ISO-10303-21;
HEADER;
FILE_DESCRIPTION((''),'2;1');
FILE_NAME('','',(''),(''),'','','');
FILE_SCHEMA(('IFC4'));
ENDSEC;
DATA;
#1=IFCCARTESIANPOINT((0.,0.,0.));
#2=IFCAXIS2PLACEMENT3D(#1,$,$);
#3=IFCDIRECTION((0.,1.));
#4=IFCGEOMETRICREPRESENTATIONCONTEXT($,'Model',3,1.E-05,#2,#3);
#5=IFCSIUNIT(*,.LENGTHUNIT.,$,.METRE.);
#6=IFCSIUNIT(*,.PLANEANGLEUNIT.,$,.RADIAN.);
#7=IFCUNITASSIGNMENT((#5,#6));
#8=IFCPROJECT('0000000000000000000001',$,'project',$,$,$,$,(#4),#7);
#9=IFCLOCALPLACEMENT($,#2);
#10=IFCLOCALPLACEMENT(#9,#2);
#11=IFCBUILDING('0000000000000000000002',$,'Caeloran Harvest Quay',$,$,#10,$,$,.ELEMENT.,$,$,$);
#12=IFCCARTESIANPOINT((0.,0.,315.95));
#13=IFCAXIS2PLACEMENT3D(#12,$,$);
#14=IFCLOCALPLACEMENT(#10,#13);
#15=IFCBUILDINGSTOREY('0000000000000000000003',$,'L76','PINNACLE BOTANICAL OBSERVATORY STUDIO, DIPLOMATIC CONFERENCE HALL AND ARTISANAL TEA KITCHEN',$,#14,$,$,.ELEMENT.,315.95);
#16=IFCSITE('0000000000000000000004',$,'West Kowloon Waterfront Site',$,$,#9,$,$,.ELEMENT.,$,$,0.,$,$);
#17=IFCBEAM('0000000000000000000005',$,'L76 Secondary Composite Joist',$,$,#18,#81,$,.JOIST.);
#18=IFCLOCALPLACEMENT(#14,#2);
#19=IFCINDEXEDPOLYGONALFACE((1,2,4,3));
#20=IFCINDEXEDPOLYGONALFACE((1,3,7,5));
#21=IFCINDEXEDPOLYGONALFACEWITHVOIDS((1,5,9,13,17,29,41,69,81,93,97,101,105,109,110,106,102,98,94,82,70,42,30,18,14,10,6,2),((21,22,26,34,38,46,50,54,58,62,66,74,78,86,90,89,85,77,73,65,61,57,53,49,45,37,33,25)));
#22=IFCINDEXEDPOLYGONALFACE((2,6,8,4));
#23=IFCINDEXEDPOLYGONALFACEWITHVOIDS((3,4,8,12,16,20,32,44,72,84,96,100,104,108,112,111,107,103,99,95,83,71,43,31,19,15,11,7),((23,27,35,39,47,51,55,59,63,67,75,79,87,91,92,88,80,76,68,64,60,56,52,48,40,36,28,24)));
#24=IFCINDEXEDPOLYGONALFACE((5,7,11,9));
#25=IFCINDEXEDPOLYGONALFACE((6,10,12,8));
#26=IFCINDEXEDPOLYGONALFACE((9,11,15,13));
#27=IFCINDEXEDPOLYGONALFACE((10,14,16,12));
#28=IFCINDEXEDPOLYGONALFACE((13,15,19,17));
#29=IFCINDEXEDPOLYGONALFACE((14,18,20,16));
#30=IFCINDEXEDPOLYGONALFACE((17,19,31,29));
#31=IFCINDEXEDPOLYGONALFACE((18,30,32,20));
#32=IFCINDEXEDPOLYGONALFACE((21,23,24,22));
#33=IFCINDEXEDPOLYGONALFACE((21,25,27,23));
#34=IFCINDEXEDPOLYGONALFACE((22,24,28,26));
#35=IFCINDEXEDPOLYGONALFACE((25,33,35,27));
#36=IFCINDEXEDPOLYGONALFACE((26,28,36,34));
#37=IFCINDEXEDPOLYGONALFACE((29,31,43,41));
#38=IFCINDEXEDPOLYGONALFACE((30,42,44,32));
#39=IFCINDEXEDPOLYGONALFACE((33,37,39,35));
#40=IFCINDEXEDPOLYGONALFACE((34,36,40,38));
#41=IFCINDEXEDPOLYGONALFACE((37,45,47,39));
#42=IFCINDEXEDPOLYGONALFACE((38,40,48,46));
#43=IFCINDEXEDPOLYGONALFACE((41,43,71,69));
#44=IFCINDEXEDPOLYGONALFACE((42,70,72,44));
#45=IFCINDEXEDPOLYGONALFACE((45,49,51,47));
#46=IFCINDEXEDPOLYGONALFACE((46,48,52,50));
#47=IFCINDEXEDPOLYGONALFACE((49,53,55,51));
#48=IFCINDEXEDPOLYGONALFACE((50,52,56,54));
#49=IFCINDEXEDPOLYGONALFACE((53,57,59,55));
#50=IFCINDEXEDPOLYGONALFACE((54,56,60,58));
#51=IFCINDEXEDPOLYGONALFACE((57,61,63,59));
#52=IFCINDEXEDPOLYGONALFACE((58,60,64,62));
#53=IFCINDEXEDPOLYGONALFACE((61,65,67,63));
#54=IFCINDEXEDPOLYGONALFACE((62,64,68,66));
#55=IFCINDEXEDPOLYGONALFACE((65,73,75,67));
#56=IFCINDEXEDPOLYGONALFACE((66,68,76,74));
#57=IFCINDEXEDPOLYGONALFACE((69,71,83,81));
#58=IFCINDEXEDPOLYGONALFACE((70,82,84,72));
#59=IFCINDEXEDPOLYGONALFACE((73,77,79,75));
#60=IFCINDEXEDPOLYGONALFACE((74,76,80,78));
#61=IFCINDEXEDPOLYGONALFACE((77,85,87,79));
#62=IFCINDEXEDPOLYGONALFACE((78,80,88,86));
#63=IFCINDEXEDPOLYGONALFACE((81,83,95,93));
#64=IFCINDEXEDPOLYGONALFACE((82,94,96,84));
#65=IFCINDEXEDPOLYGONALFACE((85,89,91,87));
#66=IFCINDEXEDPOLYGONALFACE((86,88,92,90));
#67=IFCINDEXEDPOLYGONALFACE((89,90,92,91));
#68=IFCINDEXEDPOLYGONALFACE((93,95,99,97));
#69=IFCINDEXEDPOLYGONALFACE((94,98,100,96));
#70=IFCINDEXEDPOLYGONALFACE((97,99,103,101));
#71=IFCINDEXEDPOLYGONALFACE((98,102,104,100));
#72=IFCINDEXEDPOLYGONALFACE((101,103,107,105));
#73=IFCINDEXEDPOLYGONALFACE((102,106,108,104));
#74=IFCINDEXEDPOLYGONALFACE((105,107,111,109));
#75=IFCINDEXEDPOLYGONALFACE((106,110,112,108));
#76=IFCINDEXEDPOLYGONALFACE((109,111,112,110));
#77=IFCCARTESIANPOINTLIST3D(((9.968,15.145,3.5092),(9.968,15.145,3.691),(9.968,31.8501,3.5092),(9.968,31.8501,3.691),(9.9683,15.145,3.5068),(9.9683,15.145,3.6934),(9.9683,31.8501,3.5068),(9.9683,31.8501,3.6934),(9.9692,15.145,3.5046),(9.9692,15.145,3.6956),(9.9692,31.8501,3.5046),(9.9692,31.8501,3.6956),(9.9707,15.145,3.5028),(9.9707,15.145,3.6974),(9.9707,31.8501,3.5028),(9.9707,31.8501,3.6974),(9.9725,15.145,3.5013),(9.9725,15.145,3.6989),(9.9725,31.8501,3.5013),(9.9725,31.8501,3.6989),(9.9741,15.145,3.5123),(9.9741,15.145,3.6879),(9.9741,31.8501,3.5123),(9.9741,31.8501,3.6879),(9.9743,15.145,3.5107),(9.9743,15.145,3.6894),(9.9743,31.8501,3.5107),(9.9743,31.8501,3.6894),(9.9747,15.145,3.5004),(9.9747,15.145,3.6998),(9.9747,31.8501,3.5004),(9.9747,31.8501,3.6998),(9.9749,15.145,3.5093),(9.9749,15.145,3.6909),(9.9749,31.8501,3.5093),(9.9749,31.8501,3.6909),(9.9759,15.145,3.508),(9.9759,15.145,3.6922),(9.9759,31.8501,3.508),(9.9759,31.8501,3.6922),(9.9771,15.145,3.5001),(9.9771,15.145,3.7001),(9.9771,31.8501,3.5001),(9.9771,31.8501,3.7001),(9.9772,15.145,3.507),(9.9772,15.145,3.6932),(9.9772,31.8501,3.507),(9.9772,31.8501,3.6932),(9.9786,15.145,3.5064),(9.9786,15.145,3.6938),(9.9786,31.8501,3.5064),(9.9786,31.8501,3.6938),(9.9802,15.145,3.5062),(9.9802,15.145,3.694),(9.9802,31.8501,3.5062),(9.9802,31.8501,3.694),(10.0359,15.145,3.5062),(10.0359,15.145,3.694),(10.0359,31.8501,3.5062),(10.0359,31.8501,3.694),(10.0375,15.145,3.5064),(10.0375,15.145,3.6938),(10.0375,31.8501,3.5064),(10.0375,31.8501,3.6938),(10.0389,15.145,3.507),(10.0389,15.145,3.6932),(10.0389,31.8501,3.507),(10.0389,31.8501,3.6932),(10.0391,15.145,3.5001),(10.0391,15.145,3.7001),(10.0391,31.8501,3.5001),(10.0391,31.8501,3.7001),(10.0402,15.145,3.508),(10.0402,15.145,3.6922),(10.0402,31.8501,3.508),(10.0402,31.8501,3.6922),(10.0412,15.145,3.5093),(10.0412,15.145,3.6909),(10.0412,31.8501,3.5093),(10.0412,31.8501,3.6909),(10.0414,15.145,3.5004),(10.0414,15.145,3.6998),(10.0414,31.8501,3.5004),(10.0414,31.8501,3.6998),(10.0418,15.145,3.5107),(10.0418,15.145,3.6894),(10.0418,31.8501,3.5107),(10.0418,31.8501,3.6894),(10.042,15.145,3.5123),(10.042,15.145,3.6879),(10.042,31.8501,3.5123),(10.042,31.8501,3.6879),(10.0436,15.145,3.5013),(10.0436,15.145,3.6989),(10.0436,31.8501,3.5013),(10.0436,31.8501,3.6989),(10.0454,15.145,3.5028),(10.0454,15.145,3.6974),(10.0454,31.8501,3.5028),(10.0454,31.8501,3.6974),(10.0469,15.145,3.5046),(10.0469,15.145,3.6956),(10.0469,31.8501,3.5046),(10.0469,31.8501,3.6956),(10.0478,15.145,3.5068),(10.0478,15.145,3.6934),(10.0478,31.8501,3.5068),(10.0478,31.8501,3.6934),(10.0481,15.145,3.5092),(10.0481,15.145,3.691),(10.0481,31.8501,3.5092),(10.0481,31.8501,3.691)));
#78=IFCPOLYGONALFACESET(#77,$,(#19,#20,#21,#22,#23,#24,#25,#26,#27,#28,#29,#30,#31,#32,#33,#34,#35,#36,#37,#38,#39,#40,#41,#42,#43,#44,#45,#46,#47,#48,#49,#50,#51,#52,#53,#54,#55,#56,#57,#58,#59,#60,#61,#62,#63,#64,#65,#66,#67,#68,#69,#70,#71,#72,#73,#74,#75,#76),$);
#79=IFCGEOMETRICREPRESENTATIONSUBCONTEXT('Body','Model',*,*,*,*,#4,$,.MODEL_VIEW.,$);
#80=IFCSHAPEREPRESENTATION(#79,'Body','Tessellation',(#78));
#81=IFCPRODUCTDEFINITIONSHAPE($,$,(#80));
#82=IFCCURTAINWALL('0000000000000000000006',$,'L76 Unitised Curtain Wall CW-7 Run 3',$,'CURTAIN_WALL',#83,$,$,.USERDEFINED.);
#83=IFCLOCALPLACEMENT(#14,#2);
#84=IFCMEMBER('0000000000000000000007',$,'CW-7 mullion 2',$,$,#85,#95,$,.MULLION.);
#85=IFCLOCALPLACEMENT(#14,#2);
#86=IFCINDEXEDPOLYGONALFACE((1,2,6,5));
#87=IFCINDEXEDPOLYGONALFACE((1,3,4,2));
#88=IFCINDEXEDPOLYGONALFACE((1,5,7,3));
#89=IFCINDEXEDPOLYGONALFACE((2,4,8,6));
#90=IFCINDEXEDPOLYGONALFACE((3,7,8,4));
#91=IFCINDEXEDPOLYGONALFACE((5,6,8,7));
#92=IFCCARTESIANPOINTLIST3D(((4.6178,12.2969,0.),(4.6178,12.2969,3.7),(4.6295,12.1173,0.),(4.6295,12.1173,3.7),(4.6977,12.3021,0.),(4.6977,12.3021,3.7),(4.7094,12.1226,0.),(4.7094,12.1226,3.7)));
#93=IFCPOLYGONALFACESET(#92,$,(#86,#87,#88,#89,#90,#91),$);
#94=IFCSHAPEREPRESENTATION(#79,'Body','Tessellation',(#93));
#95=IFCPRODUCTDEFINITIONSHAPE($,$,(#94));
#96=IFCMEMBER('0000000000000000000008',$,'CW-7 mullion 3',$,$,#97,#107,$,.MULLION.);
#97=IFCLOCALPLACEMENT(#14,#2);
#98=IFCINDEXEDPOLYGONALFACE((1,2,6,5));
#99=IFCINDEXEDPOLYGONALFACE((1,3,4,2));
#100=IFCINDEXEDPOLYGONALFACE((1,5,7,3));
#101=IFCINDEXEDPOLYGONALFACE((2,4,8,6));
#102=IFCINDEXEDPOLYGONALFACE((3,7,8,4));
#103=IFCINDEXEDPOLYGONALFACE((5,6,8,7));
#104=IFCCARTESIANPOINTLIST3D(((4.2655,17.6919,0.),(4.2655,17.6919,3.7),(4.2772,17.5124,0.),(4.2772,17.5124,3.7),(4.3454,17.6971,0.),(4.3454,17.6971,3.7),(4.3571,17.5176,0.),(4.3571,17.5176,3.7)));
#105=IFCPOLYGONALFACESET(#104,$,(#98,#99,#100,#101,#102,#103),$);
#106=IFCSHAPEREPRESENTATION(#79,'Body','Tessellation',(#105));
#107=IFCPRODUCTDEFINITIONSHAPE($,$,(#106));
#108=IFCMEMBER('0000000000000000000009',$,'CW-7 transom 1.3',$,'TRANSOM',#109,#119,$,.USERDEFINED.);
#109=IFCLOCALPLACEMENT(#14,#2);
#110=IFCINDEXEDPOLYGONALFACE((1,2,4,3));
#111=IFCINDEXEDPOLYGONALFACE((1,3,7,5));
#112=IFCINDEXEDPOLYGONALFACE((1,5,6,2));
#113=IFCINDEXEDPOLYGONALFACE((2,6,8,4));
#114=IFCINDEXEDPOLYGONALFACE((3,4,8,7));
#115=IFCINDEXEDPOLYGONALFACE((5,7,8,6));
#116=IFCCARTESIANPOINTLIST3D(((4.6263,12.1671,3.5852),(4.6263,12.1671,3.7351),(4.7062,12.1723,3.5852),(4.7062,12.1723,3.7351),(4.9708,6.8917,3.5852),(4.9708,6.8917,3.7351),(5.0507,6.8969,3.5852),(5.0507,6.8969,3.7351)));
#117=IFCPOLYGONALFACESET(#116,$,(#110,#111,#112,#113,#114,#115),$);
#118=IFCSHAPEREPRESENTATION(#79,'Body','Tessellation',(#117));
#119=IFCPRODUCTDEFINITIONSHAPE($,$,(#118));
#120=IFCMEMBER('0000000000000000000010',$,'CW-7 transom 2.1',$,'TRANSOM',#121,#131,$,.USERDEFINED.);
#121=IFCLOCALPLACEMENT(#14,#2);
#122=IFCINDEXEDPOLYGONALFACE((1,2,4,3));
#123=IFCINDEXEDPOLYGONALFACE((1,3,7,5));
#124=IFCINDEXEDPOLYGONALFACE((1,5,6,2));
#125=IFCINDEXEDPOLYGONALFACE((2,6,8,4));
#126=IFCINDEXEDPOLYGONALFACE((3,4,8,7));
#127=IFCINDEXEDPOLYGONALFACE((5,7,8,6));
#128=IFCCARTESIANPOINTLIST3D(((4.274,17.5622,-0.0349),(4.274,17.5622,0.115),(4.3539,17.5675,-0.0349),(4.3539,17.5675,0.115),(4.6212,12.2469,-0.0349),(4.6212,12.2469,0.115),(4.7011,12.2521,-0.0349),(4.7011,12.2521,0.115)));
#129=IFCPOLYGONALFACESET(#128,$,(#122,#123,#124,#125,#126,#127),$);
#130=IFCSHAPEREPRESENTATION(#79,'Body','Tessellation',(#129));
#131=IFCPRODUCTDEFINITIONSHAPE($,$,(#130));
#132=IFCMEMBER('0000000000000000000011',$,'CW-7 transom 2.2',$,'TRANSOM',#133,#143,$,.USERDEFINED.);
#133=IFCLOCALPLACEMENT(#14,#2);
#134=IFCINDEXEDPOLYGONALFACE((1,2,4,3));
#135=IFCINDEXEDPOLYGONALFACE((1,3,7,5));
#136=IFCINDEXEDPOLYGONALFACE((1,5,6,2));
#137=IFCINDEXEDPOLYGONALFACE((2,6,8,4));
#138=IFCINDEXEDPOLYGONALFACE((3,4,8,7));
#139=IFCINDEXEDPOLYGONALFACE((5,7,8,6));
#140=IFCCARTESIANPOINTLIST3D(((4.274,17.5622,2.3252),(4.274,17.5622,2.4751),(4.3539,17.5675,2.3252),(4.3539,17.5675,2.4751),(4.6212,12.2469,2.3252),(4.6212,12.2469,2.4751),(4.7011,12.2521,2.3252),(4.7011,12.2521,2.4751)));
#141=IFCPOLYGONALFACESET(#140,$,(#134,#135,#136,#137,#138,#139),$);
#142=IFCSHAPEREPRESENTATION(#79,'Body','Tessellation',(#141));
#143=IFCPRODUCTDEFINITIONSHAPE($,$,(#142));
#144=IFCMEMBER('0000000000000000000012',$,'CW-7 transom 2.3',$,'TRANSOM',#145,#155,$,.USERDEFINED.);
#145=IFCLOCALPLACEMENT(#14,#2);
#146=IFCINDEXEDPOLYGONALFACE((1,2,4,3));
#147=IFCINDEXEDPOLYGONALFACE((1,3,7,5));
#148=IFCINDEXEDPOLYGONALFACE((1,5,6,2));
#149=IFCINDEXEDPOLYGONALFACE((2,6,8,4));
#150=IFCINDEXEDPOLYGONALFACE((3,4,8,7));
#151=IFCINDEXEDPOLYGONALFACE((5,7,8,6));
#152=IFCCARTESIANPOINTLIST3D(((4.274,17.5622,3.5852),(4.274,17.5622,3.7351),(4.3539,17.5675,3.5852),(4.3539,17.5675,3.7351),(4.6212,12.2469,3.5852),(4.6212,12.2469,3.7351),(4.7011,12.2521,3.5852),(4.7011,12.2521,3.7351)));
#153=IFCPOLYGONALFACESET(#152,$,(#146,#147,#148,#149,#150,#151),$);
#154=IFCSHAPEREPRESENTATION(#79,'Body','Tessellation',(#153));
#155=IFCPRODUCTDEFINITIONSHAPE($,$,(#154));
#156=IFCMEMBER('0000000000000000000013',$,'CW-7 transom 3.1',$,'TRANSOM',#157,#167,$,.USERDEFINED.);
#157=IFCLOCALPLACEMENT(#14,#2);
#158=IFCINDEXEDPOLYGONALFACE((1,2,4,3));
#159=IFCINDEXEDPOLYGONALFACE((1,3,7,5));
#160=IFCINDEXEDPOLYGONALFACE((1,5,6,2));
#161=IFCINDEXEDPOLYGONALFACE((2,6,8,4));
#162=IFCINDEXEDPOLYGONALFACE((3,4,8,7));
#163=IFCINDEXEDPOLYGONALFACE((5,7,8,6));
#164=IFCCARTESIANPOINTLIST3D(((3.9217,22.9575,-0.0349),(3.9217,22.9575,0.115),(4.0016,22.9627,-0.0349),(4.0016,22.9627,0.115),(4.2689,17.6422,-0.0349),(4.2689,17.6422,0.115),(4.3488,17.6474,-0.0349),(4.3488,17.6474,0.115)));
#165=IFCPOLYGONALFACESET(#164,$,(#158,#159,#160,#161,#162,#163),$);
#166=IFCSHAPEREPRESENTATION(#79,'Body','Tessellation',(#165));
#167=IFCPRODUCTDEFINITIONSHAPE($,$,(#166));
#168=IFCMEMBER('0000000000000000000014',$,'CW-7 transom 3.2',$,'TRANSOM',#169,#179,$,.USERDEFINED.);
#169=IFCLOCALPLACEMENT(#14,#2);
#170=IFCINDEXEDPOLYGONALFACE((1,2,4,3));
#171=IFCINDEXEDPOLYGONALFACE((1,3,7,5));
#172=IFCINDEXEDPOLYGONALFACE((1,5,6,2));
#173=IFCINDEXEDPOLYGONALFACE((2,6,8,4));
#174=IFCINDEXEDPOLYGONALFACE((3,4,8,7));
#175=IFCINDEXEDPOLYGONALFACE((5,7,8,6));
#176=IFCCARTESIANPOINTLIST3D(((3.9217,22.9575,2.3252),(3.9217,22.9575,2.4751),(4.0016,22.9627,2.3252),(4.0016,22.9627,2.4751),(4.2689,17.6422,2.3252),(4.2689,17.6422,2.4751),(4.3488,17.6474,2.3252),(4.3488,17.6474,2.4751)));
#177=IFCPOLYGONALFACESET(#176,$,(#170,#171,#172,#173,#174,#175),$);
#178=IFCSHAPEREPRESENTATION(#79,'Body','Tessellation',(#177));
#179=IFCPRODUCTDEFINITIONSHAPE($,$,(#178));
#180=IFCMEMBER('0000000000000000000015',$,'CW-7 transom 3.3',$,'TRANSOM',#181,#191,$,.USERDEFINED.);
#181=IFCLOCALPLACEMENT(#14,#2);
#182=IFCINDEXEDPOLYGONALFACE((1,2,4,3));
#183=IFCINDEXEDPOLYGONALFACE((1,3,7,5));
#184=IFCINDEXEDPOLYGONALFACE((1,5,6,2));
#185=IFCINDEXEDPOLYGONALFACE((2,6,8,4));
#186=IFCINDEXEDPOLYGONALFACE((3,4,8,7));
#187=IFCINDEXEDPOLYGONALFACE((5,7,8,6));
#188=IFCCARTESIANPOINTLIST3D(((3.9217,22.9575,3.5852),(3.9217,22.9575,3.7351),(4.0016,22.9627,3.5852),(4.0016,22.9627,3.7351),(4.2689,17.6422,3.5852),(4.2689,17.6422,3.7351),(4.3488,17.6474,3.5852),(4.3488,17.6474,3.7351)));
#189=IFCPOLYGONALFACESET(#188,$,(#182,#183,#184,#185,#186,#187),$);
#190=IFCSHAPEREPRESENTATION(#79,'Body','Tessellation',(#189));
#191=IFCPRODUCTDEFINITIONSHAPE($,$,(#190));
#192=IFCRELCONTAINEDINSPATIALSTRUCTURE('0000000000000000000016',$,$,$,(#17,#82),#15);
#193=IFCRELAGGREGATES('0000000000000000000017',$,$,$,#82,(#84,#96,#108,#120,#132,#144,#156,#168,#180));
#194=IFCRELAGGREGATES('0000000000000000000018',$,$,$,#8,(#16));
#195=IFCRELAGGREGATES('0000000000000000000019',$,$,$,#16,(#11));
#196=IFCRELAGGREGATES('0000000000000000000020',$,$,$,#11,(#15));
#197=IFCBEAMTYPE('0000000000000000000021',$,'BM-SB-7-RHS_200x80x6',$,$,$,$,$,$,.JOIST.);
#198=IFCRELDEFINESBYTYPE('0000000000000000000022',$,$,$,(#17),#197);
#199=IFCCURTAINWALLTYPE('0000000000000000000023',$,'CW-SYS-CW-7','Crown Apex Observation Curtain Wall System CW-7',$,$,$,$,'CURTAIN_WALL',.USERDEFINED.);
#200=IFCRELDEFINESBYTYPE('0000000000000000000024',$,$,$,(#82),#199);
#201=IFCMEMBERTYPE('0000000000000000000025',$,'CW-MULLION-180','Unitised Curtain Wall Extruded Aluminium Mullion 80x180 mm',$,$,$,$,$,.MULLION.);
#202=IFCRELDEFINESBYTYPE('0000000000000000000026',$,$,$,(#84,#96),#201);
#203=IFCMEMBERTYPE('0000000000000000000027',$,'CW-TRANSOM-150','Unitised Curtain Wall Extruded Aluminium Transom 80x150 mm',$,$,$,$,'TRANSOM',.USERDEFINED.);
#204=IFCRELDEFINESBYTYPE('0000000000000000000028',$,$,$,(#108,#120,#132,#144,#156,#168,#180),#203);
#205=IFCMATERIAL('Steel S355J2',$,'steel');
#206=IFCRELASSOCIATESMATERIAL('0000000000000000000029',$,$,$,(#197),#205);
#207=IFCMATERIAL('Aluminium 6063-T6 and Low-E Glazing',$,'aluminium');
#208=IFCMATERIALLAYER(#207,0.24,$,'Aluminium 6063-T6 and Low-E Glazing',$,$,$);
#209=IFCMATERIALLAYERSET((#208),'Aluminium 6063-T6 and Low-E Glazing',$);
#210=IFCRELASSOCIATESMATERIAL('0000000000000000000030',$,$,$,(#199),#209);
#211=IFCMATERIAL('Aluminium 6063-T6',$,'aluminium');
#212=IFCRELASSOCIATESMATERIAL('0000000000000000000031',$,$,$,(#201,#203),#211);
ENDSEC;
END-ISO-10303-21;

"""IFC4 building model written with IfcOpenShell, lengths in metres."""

from ifc_helpers import new_model, si_unit, direction, frame, origin, origin_2d, place, context, subcontext, project, spatial, rectangle, hollow_rectangle, extrude, material, layer, layer_set, material_profile, profile_set, type_object, element, aggregate, save


model = new_model("IFC4")

# Units and contexts
model_context = context("Model", 3, precision=1e-05, world=origin(), true_north=direction((0.0, 1.0)))
body_context = subcontext(model_context, "Body", "Model", "MODEL_VIEW")
ifc_project = project(units=[si_unit("LENGTHUNIT", "METRE"), si_unit("PLANEANGLEUNIT", "RADIAN")], contexts=[model_context])

# Site, building, storey
site_placement = place(None, origin())
site = spatial("IfcSite", under=ifc_project, at=site_placement, Name="West Kowloon Waterfront Site", CompositionType="ELEMENT", RefElevation=0.0)
building_placement = place(site_placement, origin())
building = spatial("IfcBuilding", under=site, at=building_placement, Name="Caeloran Harvest Quay", CompositionType="ELEMENT")
storey_placement = place(building_placement, frame((0.0, 0.0, 315.95)))
storey = spatial("IfcBuildingStorey", under=building, at=storey_placement, Name="L76", Description="PINNACLE BOTANICAL OBSERVATORY STUDIO, DIPLOMATIC CONFERENCE HALL AND ARTISANAL TEA KITCHEN", CompositionType="ELEMENT", Elevation=315.95)

# Beam
ifc_material_1 = material(Name="Steel S355J2", Category="steel")
ifc_material_profile_1 = material_profile(ifc_material_1, hollow_rectangle(XDim=0.0801, YDim=0.2, WallThickness=0.0061, InnerFilletRadius=0.0061, OuterFilletRadius=0.009, at=origin_2d()), Name="RHS 200x80x6")
ifc_profile_set_1 = profile_set([ifc_material_profile_1], Name="Steel S355J2")
beam_type_1 = type_object("IfcBeamType", Name="BM-SB-7-RHS_200x80x6", PredefinedType="JOIST", material=ifc_profile_set_1)
for number, where, z_axis, x_axis, name in (
    (1, (10.0081, 15.145, 3.6001), (0.0, 1.0, 0.0), (-1.0, 0.0, 0.0), "L76 Secondary Composite Joist"),
):
    element("IfcBeam", number, at=place(storey_placement, frame(where, z_axis=z_axis, x_axis=x_axis)), inside=storey, type_object=beam_type_1, Name=name, PredefinedType="JOIST", context=body_context, shape_type="SweptSolid", body=[
        extrude(hollow_rectangle(XDim=0.0801, YDim=0.2, WallThickness=0.0061, InnerFilletRadius=0.0061, OuterFilletRadius=0.009, at=origin_2d()), origin(), (0.0, 0.0, 1.0), 16.7051),
    ])

# Curtain wall, members
ifc_material_2 = material(Name="Aluminium 6063-T6 and Low-E Glazing", Category="aluminium")
ifc_layer_1 = layer(ifc_material_2, 0.24, Name="Aluminium 6063-T6 and Low-E Glazing")
ifc_layer_set_1 = layer_set([ifc_layer_1], Name="Aluminium 6063-T6 and Low-E Glazing")
curtain_wall_type = type_object("IfcCurtainWallType", Name="CW-SYS-CW-7", Description="Crown Apex Observation Curtain Wall System CW-7", ElementType="CURTAIN_WALL", PredefinedType="USERDEFINED", material=ifc_layer_set_1)
curtain_wall_placement = place(storey_placement, origin())
curtain_wall = element("IfcCurtainWall", 2, at=curtain_wall_placement, inside=storey, type_object=curtain_wall_type, Name="L76 Unitised Curtain Wall CW-7 Run 3", ObjectType="CURTAIN_WALL", PredefinedType="USERDEFINED")
ifc_material_3 = material(Name="Aluminium 6063-T6", Category="aluminium")
ifc_material_profile_2 = material_profile(ifc_material_3, rectangle(XDim=0.0801, YDim=0.1799, at=origin_2d()), Name="CW-MULLION-180")
ifc_profile_set_2 = profile_set([ifc_material_profile_2], Name="Aluminium 6063-T6")
member_type_1 = type_object("IfcMemberType", Name="CW-MULLION-180", Description="Unitised Curtain Wall Extruded Aluminium Mullion 80x180 mm", PredefinedType="MULLION", material=ifc_profile_set_2)
member_1_placement = place(storey_placement, frame((4.6636, 12.2097, 0.0), z_axis=(0.0, 0.0, 1.0), x_axis=(-0.997874, -0.065167, 0.0)))
member_1 = element("IfcMember", 3, at=member_1_placement, type_object=member_type_1, Name="CW-7 mullion 2", PredefinedType="MULLION", context=body_context, shape_type="SweptSolid", body=[
    extrude(rectangle(XDim=0.0801, YDim=0.1799, at=origin_2d()), origin(), (0.0, 0.0, 1.0), 3.7),
])
member_2_placement = place(storey_placement, frame((4.3113, 17.6047, 0.0), z_axis=(0.0, 0.0, 1.0), x_axis=(-0.997874, -0.065167, 0.0)))
member_2 = element("IfcMember", 4, at=member_2_placement, type_object=member_type_1, Name="CW-7 mullion 3", PredefinedType="MULLION", context=body_context, shape_type="SweptSolid", body=[
    extrude(rectangle(XDim=0.0801, YDim=0.1799, at=origin_2d()), origin(), (0.0, 0.0, 1.0), 3.7),
])
ifc_material_profile_3 = material_profile(ifc_material_3, rectangle(XDim=0.0801, YDim=0.1499, at=origin_2d()), Name="CW-TRANSOM-150")
ifc_profile_set_3 = profile_set([ifc_material_profile_3], Name="Aluminium 6063-T6")
member_type_2 = type_object("IfcMemberType", Name="CW-TRANSOM-150", Description="Unitised Curtain Wall Extruded Aluminium Transom 80x150 mm", ElementType="TRANSOM", PredefinedType="USERDEFINED", material=ifc_profile_set_3)
member_3_placement = place(storey_placement, frame((5.0107, 6.8943, 3.6602), z_axis=(-0.065161, 0.997875, 0.0), x_axis=(-0.997875, -0.065161, 0.0)))
member_3 = element("IfcMember", 5, at=member_3_placement, type_object=member_type_2, Name="CW-7 transom 1.3", ObjectType="TRANSOM", PredefinedType="USERDEFINED", context=body_context, shape_type="SweptSolid", body=[
    extrude(rectangle(XDim=0.0801, YDim=0.1499, at=origin_2d()), origin(), (0.0, 0.0, 1.0), 5.2866),
])
member_4_placement = place(storey_placement, frame((4.6611, 12.2495, 0.04), z_axis=(-0.065174, 0.997874, 0.0), x_axis=(-0.997874, -0.065174, 0.0)))
member_4 = element("IfcMember", 6, at=member_4_placement, type_object=member_type_2, Name="CW-7 transom 2.1", ObjectType="TRANSOM", PredefinedType="USERDEFINED", context=body_context, shape_type="SweptSolid", body=[
    extrude(rectangle(XDim=0.0801, YDim=0.1499, at=origin_2d()), origin(), (0.0, 0.0, 1.0), 5.3267),
])
member_5_placement = place(storey_placement, frame((4.6611, 12.2495, 2.4001), z_axis=(-0.065174, 0.997874, 0.0), x_axis=(-0.997874, -0.065174, 0.0)))
member_5 = element("IfcMember", 7, at=member_5_placement, type_object=member_type_2, Name="CW-7 transom 2.2", ObjectType="TRANSOM", PredefinedType="USERDEFINED", context=body_context, shape_type="SweptSolid", body=[
    extrude(rectangle(XDim=0.0801, YDim=0.1499, at=origin_2d()), origin(), (0.0, 0.0, 1.0), 5.3267),
])
member_6_placement = place(storey_placement, frame((4.6611, 12.2495, 3.6602), z_axis=(-0.065174, 0.997874, 0.0), x_axis=(-0.997874, -0.065174, 0.0)))
member_6 = element("IfcMember", 8, at=member_6_placement, type_object=member_type_2, Name="CW-7 transom 2.3", ObjectType="TRANSOM", PredefinedType="USERDEFINED", context=body_context, shape_type="SweptSolid", body=[
    extrude(rectangle(XDim=0.0801, YDim=0.1499, at=origin_2d()), origin(), (0.0, 0.0, 1.0), 5.3267),
])
member_7_placement = place(storey_placement, frame((4.3088, 17.6448, 0.04), z_axis=(-0.065174, 0.997874, 0.0), x_axis=(-0.997874, -0.065174, 0.0)))
member_7 = element("IfcMember", 9, at=member_7_placement, type_object=member_type_2, Name="CW-7 transom 3.1", ObjectType="TRANSOM", PredefinedType="USERDEFINED", context=body_context, shape_type="SweptSolid", body=[
    extrude(rectangle(XDim=0.0801, YDim=0.1499, at=origin_2d()), origin(), (0.0, 0.0, 1.0), 5.3267),
])
member_8_placement = place(storey_placement, frame((4.3088, 17.6448, 2.4001), z_axis=(-0.065174, 0.997874, 0.0), x_axis=(-0.997874, -0.065174, 0.0)))
member_8 = element("IfcMember", 10, at=member_8_placement, type_object=member_type_2, Name="CW-7 transom 3.2", ObjectType="TRANSOM", PredefinedType="USERDEFINED", context=body_context, shape_type="SweptSolid", body=[
    extrude(rectangle(XDim=0.0801, YDim=0.1499, at=origin_2d()), origin(), (0.0, 0.0, 1.0), 5.3267),
])
member_9_placement = place(storey_placement, frame((4.3088, 17.6448, 3.6602), z_axis=(-0.065174, 0.997874, 0.0), x_axis=(-0.997874, -0.065174, 0.0)))
member_9 = element("IfcMember", 11, at=member_9_placement, type_object=member_type_2, Name="CW-7 transom 3.3", ObjectType="TRANSOM", PredefinedType="USERDEFINED", context=body_context, shape_type="SweptSolid", body=[
    extrude(rectangle(XDim=0.0801, YDim=0.1499, at=origin_2d()), origin(), (0.0, 0.0, 1.0), 5.3267),
])
aggregate(curtain_wall, [member_1, member_2, member_3, member_4, member_5, member_6, member_7, member_8, member_9])

save(model, "model.ifc")
